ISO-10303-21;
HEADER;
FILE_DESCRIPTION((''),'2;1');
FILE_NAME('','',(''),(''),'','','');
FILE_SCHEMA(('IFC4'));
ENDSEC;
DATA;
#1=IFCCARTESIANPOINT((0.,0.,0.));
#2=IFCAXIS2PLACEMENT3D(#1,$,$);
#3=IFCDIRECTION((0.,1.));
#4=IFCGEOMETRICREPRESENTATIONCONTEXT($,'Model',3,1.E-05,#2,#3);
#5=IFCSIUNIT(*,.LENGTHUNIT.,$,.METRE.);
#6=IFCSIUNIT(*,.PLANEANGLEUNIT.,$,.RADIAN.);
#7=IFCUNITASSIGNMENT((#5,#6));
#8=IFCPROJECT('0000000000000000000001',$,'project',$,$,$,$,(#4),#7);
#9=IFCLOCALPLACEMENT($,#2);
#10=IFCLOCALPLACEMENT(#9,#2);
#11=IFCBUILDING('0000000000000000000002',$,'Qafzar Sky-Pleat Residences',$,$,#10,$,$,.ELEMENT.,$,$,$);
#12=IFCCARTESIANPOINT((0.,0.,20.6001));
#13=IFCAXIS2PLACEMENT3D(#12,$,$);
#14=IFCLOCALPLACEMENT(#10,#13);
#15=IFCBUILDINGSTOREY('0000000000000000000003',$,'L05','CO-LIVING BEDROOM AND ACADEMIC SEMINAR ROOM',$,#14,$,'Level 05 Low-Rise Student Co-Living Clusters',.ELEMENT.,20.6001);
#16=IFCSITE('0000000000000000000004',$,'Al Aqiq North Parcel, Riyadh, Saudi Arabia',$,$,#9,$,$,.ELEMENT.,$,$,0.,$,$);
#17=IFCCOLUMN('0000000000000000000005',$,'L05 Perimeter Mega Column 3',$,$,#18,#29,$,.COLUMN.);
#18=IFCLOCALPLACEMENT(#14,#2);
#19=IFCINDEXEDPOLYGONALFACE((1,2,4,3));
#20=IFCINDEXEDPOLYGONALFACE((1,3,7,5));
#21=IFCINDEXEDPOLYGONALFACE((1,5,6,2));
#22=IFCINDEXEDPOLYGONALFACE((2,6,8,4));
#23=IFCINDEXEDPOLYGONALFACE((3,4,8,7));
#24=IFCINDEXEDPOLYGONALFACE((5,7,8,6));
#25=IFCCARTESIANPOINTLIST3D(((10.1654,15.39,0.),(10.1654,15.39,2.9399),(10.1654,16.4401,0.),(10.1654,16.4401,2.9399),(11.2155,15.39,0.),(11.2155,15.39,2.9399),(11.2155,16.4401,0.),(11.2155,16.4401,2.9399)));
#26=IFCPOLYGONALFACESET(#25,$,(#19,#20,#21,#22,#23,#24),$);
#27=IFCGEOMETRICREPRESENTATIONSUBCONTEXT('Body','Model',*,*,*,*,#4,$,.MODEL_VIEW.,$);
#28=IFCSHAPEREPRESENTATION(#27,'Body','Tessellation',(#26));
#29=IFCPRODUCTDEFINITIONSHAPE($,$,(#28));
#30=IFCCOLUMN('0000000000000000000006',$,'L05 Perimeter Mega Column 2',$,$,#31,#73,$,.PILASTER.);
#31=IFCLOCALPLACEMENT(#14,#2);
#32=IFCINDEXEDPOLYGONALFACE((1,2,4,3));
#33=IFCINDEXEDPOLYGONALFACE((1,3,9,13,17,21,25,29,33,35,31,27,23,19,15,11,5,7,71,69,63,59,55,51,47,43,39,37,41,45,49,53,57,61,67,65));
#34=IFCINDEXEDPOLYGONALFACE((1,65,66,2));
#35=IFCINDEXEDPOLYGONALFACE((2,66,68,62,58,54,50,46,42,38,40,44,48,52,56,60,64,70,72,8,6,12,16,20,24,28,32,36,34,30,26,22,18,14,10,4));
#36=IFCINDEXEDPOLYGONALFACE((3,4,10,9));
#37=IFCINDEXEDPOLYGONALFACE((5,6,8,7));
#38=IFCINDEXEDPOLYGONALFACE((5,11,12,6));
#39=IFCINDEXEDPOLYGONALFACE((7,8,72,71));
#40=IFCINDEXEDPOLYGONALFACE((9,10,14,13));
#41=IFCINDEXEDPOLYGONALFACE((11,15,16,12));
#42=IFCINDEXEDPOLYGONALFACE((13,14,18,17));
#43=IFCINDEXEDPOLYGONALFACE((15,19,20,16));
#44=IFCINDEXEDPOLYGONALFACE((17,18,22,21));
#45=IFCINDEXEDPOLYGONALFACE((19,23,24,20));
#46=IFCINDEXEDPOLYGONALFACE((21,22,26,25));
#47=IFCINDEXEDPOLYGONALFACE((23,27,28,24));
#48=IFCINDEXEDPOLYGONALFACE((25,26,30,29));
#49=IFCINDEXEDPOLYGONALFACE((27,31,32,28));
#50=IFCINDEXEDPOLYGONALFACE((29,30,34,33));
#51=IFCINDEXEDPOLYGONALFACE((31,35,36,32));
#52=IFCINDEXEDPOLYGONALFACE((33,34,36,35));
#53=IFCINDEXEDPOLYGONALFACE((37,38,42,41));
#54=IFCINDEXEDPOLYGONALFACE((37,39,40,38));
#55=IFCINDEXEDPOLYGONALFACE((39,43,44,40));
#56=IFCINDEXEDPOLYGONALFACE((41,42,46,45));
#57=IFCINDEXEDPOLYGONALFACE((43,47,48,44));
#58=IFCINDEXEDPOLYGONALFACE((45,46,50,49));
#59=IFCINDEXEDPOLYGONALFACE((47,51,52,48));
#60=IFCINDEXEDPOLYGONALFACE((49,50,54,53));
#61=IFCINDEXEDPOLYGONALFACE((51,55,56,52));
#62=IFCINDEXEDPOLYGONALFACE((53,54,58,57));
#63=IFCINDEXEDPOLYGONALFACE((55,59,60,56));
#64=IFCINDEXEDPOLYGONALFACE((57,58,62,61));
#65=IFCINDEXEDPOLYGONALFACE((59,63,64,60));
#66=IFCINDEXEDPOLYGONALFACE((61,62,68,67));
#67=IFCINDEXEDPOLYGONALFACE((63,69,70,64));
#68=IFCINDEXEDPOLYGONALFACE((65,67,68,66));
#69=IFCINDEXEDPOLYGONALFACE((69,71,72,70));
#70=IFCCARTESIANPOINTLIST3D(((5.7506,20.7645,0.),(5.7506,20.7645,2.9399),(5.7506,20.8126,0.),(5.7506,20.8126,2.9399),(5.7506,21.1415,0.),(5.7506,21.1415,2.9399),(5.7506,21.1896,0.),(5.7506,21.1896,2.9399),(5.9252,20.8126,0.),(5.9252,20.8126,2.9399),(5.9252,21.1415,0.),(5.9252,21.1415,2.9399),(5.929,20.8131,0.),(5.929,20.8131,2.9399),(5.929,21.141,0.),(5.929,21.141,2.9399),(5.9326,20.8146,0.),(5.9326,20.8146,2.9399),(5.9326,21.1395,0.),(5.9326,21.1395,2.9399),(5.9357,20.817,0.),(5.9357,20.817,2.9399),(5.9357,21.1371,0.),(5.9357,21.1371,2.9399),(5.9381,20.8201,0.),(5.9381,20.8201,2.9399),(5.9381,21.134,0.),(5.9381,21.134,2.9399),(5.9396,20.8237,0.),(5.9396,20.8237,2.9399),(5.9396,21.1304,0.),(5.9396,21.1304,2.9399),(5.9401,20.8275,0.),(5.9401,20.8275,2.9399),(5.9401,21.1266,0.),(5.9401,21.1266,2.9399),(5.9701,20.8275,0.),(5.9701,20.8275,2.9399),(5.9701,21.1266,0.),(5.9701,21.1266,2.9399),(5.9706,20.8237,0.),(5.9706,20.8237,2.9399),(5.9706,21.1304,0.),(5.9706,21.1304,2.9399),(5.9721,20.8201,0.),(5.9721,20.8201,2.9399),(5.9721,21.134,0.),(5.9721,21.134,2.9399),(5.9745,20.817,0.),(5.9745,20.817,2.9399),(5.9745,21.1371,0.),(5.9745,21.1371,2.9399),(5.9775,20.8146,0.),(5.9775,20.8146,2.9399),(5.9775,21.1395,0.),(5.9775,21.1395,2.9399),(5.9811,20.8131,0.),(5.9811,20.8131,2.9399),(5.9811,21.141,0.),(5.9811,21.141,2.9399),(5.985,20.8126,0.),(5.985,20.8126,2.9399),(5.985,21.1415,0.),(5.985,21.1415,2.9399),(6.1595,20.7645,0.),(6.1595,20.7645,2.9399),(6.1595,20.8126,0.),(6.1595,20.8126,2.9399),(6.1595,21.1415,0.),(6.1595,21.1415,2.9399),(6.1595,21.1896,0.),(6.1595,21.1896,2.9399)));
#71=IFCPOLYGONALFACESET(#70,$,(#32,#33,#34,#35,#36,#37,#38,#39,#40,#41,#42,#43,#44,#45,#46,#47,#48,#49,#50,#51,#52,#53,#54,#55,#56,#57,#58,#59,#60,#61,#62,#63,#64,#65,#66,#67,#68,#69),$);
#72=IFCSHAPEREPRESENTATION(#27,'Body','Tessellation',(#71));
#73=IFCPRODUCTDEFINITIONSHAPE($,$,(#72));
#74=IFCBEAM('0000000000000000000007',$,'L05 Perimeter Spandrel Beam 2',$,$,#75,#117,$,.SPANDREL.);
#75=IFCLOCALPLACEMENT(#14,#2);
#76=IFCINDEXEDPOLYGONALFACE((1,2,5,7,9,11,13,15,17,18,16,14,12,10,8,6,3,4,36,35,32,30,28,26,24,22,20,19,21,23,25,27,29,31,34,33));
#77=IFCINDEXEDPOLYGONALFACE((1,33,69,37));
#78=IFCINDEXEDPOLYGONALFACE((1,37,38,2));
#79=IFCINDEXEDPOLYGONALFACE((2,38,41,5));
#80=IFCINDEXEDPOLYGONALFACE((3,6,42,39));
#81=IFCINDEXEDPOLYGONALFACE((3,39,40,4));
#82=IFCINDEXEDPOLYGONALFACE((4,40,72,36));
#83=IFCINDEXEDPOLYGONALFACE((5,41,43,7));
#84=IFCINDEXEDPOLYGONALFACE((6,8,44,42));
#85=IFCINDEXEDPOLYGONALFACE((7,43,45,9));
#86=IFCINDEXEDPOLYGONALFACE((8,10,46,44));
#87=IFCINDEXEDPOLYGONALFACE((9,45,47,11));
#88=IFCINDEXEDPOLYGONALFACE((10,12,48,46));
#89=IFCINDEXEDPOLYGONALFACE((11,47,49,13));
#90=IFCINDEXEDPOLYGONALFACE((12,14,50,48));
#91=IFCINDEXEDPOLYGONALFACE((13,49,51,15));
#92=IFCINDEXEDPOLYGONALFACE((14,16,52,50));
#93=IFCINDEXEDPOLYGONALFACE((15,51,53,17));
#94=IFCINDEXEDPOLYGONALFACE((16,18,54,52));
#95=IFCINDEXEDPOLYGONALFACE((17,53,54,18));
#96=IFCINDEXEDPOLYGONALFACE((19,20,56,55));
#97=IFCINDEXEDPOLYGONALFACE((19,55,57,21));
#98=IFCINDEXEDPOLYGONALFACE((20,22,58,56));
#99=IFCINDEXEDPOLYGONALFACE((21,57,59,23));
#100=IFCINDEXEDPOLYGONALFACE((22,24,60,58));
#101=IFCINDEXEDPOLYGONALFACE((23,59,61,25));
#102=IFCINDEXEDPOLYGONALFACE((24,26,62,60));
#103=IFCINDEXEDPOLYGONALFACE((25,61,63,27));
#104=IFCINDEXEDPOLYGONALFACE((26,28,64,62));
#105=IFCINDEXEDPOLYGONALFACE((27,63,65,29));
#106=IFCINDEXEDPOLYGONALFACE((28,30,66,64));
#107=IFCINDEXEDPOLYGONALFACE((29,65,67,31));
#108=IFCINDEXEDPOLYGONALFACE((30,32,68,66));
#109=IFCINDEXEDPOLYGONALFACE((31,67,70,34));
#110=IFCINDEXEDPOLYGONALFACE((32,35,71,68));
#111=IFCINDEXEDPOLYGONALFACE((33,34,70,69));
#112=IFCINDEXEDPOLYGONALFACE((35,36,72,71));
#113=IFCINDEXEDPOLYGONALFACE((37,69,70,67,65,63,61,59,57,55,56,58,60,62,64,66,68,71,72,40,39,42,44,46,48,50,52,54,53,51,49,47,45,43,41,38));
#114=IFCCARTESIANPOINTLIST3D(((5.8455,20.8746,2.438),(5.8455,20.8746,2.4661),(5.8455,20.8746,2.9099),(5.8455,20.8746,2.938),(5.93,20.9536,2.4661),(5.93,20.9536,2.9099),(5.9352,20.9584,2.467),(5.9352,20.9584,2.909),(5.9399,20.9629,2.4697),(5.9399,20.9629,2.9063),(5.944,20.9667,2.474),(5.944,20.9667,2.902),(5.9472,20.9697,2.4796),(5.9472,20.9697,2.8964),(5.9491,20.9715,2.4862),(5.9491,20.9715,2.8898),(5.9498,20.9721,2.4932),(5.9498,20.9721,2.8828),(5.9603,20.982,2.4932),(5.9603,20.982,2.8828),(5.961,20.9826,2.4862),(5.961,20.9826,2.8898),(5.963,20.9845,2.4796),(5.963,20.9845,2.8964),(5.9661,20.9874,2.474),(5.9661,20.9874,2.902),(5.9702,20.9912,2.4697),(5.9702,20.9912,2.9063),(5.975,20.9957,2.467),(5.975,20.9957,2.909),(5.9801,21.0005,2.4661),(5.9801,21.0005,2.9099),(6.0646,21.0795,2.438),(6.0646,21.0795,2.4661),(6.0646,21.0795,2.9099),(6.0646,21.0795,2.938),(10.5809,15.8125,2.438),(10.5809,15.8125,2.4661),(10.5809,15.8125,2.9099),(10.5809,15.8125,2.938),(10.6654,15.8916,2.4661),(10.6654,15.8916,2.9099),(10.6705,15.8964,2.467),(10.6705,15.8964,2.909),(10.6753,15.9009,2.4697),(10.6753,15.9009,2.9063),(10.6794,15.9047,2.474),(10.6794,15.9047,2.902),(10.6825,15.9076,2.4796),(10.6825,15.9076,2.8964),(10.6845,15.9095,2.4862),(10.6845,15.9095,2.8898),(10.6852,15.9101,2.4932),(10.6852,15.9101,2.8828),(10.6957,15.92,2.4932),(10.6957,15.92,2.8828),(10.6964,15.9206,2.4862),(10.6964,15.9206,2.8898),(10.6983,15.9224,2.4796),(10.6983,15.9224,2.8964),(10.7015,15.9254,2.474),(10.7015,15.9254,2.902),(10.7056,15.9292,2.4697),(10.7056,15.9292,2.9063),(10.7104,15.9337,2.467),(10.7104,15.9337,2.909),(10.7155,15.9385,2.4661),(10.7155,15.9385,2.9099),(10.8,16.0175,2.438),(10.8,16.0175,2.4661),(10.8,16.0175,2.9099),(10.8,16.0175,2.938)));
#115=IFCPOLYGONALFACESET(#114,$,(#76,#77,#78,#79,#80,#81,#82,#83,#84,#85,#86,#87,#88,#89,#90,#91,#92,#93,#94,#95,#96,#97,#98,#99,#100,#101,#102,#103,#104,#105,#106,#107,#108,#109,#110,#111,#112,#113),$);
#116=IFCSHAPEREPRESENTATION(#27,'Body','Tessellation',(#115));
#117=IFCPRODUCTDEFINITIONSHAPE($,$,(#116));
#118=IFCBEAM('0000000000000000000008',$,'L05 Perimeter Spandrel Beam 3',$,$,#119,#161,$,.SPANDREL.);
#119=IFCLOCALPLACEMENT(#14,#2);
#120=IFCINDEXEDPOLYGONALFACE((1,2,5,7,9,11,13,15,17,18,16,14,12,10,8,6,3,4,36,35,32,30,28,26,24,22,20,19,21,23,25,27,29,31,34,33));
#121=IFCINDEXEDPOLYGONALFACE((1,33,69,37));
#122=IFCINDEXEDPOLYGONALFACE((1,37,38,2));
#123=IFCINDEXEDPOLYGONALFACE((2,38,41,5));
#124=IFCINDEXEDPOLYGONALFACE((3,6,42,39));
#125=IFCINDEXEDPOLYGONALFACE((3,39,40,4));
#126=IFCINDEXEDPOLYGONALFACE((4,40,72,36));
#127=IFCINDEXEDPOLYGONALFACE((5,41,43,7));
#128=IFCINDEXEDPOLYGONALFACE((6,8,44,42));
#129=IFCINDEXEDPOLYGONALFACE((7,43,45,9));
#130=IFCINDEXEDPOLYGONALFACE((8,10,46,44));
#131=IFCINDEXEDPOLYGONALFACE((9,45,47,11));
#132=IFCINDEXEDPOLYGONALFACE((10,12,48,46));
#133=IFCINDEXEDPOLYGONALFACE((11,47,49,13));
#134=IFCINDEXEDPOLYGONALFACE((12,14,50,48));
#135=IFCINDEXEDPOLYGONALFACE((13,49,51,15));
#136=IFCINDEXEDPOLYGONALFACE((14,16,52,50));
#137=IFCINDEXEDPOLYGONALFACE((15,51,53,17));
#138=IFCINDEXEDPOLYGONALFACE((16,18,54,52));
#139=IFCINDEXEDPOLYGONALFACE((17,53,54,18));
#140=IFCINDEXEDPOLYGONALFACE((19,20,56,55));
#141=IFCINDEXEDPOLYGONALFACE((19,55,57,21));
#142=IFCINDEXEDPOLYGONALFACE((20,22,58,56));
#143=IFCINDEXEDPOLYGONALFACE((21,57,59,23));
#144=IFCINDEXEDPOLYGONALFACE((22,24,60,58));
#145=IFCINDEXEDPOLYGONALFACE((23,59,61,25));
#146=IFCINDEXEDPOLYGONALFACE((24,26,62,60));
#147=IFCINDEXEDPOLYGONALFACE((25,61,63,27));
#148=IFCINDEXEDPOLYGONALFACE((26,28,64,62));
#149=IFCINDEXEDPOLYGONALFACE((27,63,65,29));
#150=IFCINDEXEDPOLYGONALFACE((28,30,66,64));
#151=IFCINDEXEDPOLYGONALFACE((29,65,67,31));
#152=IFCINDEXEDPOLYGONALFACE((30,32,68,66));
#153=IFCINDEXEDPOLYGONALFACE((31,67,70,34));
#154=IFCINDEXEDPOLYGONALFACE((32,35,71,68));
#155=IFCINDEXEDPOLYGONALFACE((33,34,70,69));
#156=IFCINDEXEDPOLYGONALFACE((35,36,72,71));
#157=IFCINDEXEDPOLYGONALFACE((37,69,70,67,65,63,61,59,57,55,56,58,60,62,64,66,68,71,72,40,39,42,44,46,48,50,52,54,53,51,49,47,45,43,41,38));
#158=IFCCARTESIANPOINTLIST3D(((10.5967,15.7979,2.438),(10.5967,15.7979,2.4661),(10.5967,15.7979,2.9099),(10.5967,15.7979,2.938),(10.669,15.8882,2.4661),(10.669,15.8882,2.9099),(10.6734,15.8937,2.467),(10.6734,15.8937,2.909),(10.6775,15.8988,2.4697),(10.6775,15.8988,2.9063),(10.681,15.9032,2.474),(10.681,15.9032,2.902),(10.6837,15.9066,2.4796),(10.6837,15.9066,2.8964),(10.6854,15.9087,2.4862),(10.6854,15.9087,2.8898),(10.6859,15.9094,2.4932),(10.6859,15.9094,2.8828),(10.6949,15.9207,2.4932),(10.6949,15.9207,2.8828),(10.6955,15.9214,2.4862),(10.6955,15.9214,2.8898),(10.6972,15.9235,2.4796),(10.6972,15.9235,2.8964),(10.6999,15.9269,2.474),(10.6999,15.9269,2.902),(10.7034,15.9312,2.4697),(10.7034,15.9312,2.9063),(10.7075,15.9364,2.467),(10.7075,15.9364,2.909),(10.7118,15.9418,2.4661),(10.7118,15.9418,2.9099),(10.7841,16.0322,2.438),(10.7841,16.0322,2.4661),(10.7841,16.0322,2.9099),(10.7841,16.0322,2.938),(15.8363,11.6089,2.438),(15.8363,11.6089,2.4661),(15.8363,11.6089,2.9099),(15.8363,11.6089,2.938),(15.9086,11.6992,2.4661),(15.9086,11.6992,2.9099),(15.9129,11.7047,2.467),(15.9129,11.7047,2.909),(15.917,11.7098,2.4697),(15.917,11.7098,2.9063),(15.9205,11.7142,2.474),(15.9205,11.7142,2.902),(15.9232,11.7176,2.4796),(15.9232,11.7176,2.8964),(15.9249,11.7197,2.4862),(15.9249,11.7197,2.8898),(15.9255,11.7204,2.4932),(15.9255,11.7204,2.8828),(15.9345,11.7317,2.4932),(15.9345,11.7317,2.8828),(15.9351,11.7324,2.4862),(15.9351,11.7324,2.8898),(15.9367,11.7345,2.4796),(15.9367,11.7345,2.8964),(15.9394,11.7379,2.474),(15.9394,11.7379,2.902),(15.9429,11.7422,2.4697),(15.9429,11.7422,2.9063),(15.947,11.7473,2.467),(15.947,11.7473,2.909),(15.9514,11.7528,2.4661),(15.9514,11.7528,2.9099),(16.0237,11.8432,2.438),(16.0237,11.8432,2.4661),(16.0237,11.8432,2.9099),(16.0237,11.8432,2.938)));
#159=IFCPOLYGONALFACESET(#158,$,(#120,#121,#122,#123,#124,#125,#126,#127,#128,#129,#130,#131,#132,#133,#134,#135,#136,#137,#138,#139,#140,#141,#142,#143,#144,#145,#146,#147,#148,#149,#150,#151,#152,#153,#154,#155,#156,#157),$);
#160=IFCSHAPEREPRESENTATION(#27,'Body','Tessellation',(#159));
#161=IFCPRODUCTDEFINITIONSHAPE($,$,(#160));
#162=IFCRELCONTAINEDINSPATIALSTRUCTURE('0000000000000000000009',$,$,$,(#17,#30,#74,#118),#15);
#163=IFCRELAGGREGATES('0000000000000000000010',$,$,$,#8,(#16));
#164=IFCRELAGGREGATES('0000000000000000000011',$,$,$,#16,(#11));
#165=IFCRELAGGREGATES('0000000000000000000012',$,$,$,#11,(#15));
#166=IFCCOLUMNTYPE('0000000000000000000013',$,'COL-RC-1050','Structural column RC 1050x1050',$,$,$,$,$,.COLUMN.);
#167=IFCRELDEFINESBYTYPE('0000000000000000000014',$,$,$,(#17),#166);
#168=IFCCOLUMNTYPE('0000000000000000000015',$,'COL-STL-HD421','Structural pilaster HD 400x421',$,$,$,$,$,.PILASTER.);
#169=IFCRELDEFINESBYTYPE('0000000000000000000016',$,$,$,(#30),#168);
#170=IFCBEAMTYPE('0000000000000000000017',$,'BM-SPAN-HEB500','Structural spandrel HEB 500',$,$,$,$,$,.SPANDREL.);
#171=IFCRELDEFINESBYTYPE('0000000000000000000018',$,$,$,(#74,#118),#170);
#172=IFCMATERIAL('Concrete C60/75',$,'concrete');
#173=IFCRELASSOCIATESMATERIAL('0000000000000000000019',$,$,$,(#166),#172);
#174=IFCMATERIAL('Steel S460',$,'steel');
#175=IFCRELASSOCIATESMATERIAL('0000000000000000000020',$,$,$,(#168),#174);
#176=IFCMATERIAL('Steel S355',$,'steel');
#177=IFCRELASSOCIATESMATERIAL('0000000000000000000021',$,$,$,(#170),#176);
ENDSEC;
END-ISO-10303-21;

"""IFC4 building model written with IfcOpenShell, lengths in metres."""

from ifc_helpers import new_model, si_unit, direction, frame, origin, origin_2d, place, context, subcontext, project, spatial, rectangle, i_section, extrude, source, transform, mapped, material, material_profile, profile_set, type_object, element, save


model = new_model("IFC4")

# Units and contexts
model_context = context("Model", 3, precision=1e-05, world=origin(), true_north=direction((0.0, 1.0)))
body_context = subcontext(model_context, "Body", "Model", "MODEL_VIEW")
ifc_project = project(units=[si_unit("LENGTHUNIT", "METRE"), si_unit("PLANEANGLEUNIT", "RADIAN")], contexts=[model_context])

# Site, building, storey
site_placement = place(None, origin())
site = spatial("IfcSite", under=ifc_project, at=site_placement, Name="Al Aqiq North Parcel, Riyadh, Saudi Arabia", CompositionType="ELEMENT", RefElevation=0.0)
building_placement = place(site_placement, origin())
building = spatial("IfcBuilding", under=site, at=building_placement, Name="Qafzar Sky-Pleat Residences", CompositionType="ELEMENT")
storey_placement = place(building_placement, frame((0.0, 0.0, 20.6001)))
storey = spatial("IfcBuildingStorey", under=building, at=storey_placement, Name="L05", Description="CO-LIVING BEDROOM AND ACADEMIC SEMINAR ROOM", LongName="Level 05 Low-Rise Student Co-Living Clusters", CompositionType="ELEMENT", Elevation=20.6001)

# Columns
ifc_material_1 = material(Name="Concrete C60/75", Category="concrete")
ifc_material_profile_1 = material_profile(ifc_material_1, rectangle(XDim=1.05, YDim=1.05, at=origin_2d()), Name="RC 1050x1050")
ifc_profile_set_1 = profile_set([ifc_material_profile_1], Name="Concrete C60/75")
column_type_1 = type_object("IfcColumnType", Name="COL-RC-1050", Description="Structural column RC 1050x1050", PredefinedType="COLUMN", material=ifc_profile_set_1)
shared_shape_1 = source(origin(), body_context, "Body", "SweptSolid", [
    extrude(rectangle(XDim=1.05, YDim=1.05, at=origin_2d()), origin(), (0.0, 0.0, 1.0), 2.9399),
])
column_1_placement = place(storey_placement, frame((10.6904, 15.915, 0.0), z_axis=(0.0, 0.0, 1.0), x_axis=(1.0, 0.0, 0.0)))
element("IfcColumn", 1, at=column_1_placement, inside=storey, type_object=column_type_1, Name="L05 Perimeter Mega Column 3", PredefinedType="COLUMN", context=body_context, shape_type="MappedRepresentation", body=[
    mapped(shared_shape_1, transform((0.0, 0.0, 0.0), x_axis=(1.0, 0.0, 0.0), y_axis=(0.0, 1.0, 0.0), z_axis=(0.0, 0.0, 1.0), scale=1.0)),
])
ifc_material_2 = material(Name="Steel S460", Category="steel")
ifc_material_profile_2 = material_profile(ifc_material_2, i_section(OverallWidth=0.4089, OverallDepth=0.425, WebThickness=0.03, FlangeThickness=0.0481, FilletRadius=0.0149, at=origin_2d()), Name="HD 400x421")
ifc_profile_set_2 = profile_set([ifc_material_profile_2], Name="Steel S460")
column_type_2 = type_object("IfcColumnType", Name="COL-STL-HD421", Description="Structural pilaster HD 400x421", PredefinedType="PILASTER", material=ifc_profile_set_2)
shared_shape_2 = source(origin(), body_context, "Body", "SweptSolid", [
    extrude(i_section(OverallWidth=0.4089, OverallDepth=0.425, WebThickness=0.03, FlangeThickness=0.0481, FilletRadius=0.0149, at=origin_2d()), origin(), (0.0, 0.0, 1.0), 2.9399),
])
column_2_placement = place(storey_placement, frame((5.9551, 20.9771, 0.0), z_axis=(0.0, 0.0, 1.0), x_axis=(1.0, 0.0, 0.0)))
element("IfcColumn", 2, at=column_2_placement, inside=storey, type_object=column_type_2, Name="L05 Perimeter Mega Column 2", PredefinedType="PILASTER", context=body_context, shape_type="MappedRepresentation", body=[
    mapped(shared_shape_2, transform((0.0, 0.0, 0.0), x_axis=(1.0, 0.0, 0.0), y_axis=(0.0, 1.0, 0.0), z_axis=(0.0, 0.0, 1.0), scale=1.0)),
])

# Beams
ifc_material_3 = material(Name="Steel S355", Category="steel")
ifc_material_profile_3 = material_profile(ifc_material_3, i_section(OverallWidth=0.3, OverallDepth=0.5, WebThickness=0.0144, FlangeThickness=0.0281, FilletRadius=0.0271, at=origin_2d()), Name="HEB 500")
ifc_profile_set_3 = profile_set([ifc_material_profile_3], Name="Steel S355")
beam_type_1 = type_object("IfcBeamType", Name="BM-SPAN-HEB500", Description="Structural spandrel HEB 500", PredefinedType="SPANDREL", material=ifc_profile_set_3)
shared_shape_3 = source(origin(), body_context, "Body", "SweptSolid", [
    extrude(i_section(OverallWidth=0.3, OverallDepth=0.5, WebThickness=0.0144, FlangeThickness=0.0281, FilletRadius=0.0271, at=origin_2d()), origin(), (0.0, 0.0, 1.0), 6.9316),
])
beam_1_placement = place(storey_placement, frame((5.9551, 20.9771, 2.688), z_axis=(0.683151, -0.730277, 0.0), x_axis=(0.730277, 0.683151, 0.0)))
element("IfcBeam", 3, at=beam_1_placement, inside=storey, type_object=beam_type_1, Name="L05 Perimeter Spandrel Beam 2", PredefinedType="SPANDREL", context=body_context, shape_type="MappedRepresentation", body=[
    mapped(shared_shape_3, transform((0.0, 0.0, 0.0), x_axis=(1.0, 0.0, 0.0), y_axis=(0.0, 1.0, 0.0), z_axis=(0.0, 0.0, 1.0), scale=1.0)),
])
shared_shape_4 = source(origin(), body_context, "Body", "SweptSolid", [
    extrude(i_section(OverallWidth=0.3, OverallDepth=0.5, WebThickness=0.0144, FlangeThickness=0.0281, FilletRadius=0.0271, at=origin_2d()), origin(), (0.0, 0.0, 1.0), 6.7083),
])
beam_2_placement = place(storey_placement, frame((10.6904, 15.915, 2.688), z_axis=(0.781061, -0.624455, 0.0), x_axis=(0.624455, 0.781061, 0.0)))
element("IfcBeam", 4, at=beam_2_placement, inside=storey, type_object=beam_type_1, Name="L05 Perimeter Spandrel Beam 3", PredefinedType="SPANDREL", context=body_context, shape_type="MappedRepresentation", body=[
    mapped(shared_shape_4, transform((0.0, 0.0, 0.0), x_axis=(1.0, 0.0, 0.0), y_axis=(0.0, 1.0, 0.0), z_axis=(0.0, 0.0, 1.0), scale=1.0)),
])

save(model, "model.ifc")
